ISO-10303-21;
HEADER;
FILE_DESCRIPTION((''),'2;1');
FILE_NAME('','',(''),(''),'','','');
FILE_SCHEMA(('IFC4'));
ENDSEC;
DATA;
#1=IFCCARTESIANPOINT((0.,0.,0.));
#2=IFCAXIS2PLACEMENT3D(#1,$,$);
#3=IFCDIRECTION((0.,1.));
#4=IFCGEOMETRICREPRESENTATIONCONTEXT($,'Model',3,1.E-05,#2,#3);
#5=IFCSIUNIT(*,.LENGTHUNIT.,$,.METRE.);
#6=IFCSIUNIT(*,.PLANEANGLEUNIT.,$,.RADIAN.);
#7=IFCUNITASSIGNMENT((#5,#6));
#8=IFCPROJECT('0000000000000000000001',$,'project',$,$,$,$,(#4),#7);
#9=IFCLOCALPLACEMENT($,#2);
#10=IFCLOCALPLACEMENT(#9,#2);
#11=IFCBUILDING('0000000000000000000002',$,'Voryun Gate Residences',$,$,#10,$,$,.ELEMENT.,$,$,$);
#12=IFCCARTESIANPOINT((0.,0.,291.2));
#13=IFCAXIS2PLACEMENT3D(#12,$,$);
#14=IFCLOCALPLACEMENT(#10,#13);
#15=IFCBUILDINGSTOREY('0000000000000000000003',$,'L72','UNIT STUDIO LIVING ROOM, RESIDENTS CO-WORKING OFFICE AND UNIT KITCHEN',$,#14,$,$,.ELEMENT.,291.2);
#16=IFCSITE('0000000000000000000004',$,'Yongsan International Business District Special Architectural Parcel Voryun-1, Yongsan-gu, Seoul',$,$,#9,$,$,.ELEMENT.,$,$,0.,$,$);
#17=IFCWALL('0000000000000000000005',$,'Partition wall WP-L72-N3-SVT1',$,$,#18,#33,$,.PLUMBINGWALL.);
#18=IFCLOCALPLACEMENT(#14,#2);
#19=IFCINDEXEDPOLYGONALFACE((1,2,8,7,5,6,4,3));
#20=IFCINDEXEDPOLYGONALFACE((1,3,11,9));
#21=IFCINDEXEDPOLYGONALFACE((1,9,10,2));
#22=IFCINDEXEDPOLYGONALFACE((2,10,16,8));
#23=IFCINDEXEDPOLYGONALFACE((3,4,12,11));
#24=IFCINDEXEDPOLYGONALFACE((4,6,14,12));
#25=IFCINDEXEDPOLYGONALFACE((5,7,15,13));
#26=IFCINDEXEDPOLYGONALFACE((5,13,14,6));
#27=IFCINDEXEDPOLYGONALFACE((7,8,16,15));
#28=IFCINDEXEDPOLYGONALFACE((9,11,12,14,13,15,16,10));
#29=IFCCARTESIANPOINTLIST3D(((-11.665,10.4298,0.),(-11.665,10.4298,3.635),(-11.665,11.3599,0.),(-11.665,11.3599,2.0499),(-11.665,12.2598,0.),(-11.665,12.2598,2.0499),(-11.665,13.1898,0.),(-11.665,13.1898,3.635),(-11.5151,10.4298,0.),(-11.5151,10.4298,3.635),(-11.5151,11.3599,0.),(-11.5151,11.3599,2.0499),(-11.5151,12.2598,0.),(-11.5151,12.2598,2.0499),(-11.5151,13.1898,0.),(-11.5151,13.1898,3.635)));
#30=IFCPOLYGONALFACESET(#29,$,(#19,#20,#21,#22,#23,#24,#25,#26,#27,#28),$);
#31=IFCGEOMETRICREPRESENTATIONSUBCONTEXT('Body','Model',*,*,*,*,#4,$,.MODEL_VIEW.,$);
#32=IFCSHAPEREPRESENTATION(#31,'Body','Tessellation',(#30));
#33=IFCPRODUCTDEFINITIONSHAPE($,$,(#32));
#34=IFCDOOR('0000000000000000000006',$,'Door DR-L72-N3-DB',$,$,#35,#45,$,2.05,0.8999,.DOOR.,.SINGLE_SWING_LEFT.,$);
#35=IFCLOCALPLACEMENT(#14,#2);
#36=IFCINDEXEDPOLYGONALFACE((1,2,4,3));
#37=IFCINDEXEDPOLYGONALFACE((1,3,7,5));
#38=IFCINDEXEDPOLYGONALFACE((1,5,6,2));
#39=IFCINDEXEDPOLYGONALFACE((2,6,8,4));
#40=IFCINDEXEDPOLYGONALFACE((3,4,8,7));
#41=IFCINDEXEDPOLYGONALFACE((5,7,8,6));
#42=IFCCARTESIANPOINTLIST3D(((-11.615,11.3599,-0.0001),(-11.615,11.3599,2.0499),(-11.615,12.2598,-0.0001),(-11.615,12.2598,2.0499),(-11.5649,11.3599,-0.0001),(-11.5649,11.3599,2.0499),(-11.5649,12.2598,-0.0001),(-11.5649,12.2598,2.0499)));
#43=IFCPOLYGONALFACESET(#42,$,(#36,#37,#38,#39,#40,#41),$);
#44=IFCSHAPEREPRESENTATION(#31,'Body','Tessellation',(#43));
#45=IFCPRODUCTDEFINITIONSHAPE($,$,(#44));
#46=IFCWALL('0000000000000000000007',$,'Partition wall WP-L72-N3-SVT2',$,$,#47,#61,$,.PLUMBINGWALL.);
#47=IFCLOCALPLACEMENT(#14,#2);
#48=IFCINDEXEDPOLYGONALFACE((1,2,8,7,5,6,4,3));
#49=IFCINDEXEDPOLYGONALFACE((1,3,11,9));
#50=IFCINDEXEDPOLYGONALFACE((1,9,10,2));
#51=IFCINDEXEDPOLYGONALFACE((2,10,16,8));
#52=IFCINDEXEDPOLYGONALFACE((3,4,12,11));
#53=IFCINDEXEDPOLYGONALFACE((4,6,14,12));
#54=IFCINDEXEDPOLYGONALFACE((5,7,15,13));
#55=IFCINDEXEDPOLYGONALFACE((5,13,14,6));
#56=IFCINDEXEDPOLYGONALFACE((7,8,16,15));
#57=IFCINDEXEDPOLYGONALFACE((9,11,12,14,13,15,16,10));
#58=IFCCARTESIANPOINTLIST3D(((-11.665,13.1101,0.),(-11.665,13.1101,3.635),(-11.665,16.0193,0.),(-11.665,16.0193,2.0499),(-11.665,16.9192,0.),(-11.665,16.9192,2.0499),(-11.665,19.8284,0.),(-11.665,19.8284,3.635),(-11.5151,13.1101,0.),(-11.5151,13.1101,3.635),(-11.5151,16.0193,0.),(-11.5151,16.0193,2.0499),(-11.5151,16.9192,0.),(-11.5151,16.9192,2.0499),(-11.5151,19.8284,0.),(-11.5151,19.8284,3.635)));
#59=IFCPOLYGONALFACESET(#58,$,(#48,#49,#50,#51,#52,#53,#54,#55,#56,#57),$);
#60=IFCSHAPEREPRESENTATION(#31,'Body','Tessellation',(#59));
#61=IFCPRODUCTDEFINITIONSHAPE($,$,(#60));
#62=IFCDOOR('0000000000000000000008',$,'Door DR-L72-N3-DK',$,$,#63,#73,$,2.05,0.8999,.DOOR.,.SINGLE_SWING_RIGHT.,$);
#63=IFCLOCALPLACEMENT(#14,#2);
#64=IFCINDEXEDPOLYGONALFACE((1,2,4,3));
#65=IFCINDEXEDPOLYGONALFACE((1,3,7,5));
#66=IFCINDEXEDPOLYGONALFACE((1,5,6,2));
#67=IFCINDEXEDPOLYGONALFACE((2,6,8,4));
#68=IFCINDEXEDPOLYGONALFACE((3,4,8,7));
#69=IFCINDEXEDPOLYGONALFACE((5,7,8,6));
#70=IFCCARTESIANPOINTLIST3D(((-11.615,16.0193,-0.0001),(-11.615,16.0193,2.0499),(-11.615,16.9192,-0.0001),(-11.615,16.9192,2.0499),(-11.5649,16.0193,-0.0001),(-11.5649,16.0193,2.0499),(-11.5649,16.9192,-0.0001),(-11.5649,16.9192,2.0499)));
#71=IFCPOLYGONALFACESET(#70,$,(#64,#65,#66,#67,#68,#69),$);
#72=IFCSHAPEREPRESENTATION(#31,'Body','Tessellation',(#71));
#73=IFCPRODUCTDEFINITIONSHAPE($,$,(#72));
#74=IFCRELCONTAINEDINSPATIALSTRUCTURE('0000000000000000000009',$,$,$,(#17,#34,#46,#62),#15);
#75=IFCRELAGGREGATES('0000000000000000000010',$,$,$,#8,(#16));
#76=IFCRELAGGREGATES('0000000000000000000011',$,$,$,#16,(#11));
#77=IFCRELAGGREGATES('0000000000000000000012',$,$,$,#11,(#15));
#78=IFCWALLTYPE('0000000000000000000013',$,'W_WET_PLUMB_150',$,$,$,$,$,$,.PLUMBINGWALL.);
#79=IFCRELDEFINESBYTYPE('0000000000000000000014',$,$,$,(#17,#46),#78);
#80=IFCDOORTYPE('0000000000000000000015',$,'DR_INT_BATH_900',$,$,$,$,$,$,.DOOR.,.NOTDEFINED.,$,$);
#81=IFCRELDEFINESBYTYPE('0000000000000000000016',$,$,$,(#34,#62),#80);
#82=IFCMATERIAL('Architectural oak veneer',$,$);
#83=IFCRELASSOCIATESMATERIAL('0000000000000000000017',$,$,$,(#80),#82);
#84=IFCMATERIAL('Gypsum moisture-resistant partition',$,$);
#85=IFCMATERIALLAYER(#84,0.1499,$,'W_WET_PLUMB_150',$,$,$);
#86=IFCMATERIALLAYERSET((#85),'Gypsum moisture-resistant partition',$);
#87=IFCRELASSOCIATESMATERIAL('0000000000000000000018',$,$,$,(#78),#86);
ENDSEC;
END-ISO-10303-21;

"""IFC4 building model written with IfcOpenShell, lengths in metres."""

from ifc_helpers import new_model, si_unit, direction, frame, frame_2d, origin, place, context, subcontext, project, spatial, rectangle, extrude, material, layer, layer_set, type_object, element, fill, save


model = new_model("IFC4")

# Units and contexts
model_context = context("Model", 3, precision=1e-05, world=origin(), true_north=direction((0.0, 1.0)))
body_context = subcontext(model_context, "Body", "Model", "MODEL_VIEW")
ifc_project = project(units=[si_unit("LENGTHUNIT", "METRE"), si_unit("PLANEANGLEUNIT", "RADIAN")], contexts=[model_context])

# Site, building, storey
site_placement = place(None, origin())
site = spatial("IfcSite", under=ifc_project, at=site_placement, Name="Yongsan International Business District Special Architectural Parcel Voryun-1, Yongsan-gu, Seoul", CompositionType="ELEMENT", RefElevation=0.0)
building_placement = place(site_placement, origin())
building = spatial("IfcBuilding", under=site, at=building_placement, Name="Voryun Gate Residences", CompositionType="ELEMENT")
storey_placement = place(building_placement, frame((0.0, 0.0, 291.2)))
storey = spatial("IfcBuildingStorey", under=building, at=storey_placement, Name="L72", Description="UNIT STUDIO LIVING ROOM, RESIDENTS CO-WORKING OFFICE AND UNIT KITCHEN", CompositionType="ELEMENT", Elevation=291.2)

# Shared definitions
ifc_material_1 = material(Name="Architectural oak veneer")
door_type_1 = type_object("IfcDoorType", Name="DR_INT_BATH_900", OperationType="NOTDEFINED", PredefinedType="DOOR", material=ifc_material_1)

# Shared definitions
ifc_material_2 = material(Name="Gypsum moisture-resistant partition")
ifc_layer_1 = layer(ifc_material_2, 0.1499, Name="W_WET_PLUMB_150")
ifc_layer_set_1 = layer_set([ifc_layer_1], Name="Gypsum moisture-resistant partition")
wall_type_1 = type_object("IfcWallType", Name="W_WET_PLUMB_150", PredefinedType="PLUMBINGWALL", material=ifc_layer_set_1)

# Walls, openings, doors
wall_1_placement = place(storey_placement, frame((-11.5901, 10.4299, 0.0), z_axis=(0.0, 0.0, 1.0), x_axis=(0.0, 1.0, 0.0)))
wall_1 = element("IfcWall", 1, at=wall_1_placement, inside=storey, type_object=wall_type_1, Name="Partition wall WP-L72-N3-SVT1", PredefinedType="PLUMBINGWALL", context=body_context, shape_type="SweptSolid", body=[
    extrude(rectangle(XDim=2.76, YDim=0.1499, at=frame_2d((1.3799, 0.0))), origin(), (0.0, 0.0, 1.0), 3.635),
])
opening_1_placement = place(wall_1_placement, frame((0.9299, 0.0, 0.0)))
opening_1 = element("IfcOpeningElement", 2, at=opening_1_placement, cuts=wall_1, PredefinedType="OPENING", context=body_context, shape_type="SweptSolid", body=[
    extrude(rectangle(XDim=0.8999, YDim=2.05, at=frame_2d((0.45, 1.0249))), frame((0.0, 0.085, 0.0), z_axis=(0.0, -1.0, 0.0), x_axis=(1.0, 0.0, 0.0)), (0.0, 0.0, 1.0), 0.1699),
])
door_1_placement = place(opening_1_placement, origin())
door_1 = element("IfcDoor", 3, at=door_1_placement, inside=storey, type_object=door_type_1, Name="Door DR-L72-N3-DB", OperationType="SINGLE_SWING_LEFT", OverallHeight=2.05, OverallWidth=0.8999, PredefinedType="DOOR", context=body_context, shape_type="SweptSolid", body=[
    extrude(rectangle(XDim=0.8999, YDim=2.05, at=frame_2d((0.45, 1.0249))), frame((0.0, 0.0249, 0.0), z_axis=(0.0, -1.0, 0.0), x_axis=(1.0, 0.0, 0.0)), (0.0, 0.0, 1.0), 0.05),
])
fill(opening_1, door_1)
wall_2_placement = place(storey_placement, frame((-11.5901, 13.1101, 0.0), z_axis=(0.0, 0.0, 1.0), x_axis=(0.0, 1.0, 0.0)))
wall_2 = element("IfcWall", 4, at=wall_2_placement, inside=storey, type_object=wall_type_1, Name="Partition wall WP-L72-N3-SVT2", PredefinedType="PLUMBINGWALL", context=body_context, shape_type="SweptSolid", body=[
    extrude(rectangle(XDim=6.7183, YDim=0.1499, at=frame_2d((3.3591, 0.0))), origin(), (0.0, 0.0, 1.0), 3.635),
])
opening_2_placement = place(wall_2_placement, frame((2.9092, 0.0, 0.0)))
opening_2 = element("IfcOpeningElement", 5, at=opening_2_placement, cuts=wall_2, PredefinedType="OPENING", context=body_context, shape_type="SweptSolid", body=[
    extrude(rectangle(XDim=0.8999, YDim=2.05, at=frame_2d((0.45, 1.0249))), frame((0.0, 0.085, 0.0), z_axis=(0.0, -1.0, 0.0), x_axis=(1.0, 0.0, 0.0)), (0.0, 0.0, 1.0), 0.1699),
])
door_2_placement = place(opening_2_placement, origin())
door_2 = element("IfcDoor", 6, at=door_2_placement, inside=storey, type_object=door_type_1, Name="Door DR-L72-N3-DK", OperationType="SINGLE_SWING_RIGHT", OverallHeight=2.05, OverallWidth=0.8999, PredefinedType="DOOR", context=body_context, shape_type="SweptSolid", body=[
    extrude(rectangle(XDim=0.8999, YDim=2.05, at=frame_2d((0.45, 1.0249))), frame((0.0, 0.0249, 0.0), z_axis=(0.0, -1.0, 0.0), x_axis=(1.0, 0.0, 0.0)), (0.0, 0.0, 1.0), 0.05),
])
fill(opening_2, door_2)

save(model, "model.ifc")
